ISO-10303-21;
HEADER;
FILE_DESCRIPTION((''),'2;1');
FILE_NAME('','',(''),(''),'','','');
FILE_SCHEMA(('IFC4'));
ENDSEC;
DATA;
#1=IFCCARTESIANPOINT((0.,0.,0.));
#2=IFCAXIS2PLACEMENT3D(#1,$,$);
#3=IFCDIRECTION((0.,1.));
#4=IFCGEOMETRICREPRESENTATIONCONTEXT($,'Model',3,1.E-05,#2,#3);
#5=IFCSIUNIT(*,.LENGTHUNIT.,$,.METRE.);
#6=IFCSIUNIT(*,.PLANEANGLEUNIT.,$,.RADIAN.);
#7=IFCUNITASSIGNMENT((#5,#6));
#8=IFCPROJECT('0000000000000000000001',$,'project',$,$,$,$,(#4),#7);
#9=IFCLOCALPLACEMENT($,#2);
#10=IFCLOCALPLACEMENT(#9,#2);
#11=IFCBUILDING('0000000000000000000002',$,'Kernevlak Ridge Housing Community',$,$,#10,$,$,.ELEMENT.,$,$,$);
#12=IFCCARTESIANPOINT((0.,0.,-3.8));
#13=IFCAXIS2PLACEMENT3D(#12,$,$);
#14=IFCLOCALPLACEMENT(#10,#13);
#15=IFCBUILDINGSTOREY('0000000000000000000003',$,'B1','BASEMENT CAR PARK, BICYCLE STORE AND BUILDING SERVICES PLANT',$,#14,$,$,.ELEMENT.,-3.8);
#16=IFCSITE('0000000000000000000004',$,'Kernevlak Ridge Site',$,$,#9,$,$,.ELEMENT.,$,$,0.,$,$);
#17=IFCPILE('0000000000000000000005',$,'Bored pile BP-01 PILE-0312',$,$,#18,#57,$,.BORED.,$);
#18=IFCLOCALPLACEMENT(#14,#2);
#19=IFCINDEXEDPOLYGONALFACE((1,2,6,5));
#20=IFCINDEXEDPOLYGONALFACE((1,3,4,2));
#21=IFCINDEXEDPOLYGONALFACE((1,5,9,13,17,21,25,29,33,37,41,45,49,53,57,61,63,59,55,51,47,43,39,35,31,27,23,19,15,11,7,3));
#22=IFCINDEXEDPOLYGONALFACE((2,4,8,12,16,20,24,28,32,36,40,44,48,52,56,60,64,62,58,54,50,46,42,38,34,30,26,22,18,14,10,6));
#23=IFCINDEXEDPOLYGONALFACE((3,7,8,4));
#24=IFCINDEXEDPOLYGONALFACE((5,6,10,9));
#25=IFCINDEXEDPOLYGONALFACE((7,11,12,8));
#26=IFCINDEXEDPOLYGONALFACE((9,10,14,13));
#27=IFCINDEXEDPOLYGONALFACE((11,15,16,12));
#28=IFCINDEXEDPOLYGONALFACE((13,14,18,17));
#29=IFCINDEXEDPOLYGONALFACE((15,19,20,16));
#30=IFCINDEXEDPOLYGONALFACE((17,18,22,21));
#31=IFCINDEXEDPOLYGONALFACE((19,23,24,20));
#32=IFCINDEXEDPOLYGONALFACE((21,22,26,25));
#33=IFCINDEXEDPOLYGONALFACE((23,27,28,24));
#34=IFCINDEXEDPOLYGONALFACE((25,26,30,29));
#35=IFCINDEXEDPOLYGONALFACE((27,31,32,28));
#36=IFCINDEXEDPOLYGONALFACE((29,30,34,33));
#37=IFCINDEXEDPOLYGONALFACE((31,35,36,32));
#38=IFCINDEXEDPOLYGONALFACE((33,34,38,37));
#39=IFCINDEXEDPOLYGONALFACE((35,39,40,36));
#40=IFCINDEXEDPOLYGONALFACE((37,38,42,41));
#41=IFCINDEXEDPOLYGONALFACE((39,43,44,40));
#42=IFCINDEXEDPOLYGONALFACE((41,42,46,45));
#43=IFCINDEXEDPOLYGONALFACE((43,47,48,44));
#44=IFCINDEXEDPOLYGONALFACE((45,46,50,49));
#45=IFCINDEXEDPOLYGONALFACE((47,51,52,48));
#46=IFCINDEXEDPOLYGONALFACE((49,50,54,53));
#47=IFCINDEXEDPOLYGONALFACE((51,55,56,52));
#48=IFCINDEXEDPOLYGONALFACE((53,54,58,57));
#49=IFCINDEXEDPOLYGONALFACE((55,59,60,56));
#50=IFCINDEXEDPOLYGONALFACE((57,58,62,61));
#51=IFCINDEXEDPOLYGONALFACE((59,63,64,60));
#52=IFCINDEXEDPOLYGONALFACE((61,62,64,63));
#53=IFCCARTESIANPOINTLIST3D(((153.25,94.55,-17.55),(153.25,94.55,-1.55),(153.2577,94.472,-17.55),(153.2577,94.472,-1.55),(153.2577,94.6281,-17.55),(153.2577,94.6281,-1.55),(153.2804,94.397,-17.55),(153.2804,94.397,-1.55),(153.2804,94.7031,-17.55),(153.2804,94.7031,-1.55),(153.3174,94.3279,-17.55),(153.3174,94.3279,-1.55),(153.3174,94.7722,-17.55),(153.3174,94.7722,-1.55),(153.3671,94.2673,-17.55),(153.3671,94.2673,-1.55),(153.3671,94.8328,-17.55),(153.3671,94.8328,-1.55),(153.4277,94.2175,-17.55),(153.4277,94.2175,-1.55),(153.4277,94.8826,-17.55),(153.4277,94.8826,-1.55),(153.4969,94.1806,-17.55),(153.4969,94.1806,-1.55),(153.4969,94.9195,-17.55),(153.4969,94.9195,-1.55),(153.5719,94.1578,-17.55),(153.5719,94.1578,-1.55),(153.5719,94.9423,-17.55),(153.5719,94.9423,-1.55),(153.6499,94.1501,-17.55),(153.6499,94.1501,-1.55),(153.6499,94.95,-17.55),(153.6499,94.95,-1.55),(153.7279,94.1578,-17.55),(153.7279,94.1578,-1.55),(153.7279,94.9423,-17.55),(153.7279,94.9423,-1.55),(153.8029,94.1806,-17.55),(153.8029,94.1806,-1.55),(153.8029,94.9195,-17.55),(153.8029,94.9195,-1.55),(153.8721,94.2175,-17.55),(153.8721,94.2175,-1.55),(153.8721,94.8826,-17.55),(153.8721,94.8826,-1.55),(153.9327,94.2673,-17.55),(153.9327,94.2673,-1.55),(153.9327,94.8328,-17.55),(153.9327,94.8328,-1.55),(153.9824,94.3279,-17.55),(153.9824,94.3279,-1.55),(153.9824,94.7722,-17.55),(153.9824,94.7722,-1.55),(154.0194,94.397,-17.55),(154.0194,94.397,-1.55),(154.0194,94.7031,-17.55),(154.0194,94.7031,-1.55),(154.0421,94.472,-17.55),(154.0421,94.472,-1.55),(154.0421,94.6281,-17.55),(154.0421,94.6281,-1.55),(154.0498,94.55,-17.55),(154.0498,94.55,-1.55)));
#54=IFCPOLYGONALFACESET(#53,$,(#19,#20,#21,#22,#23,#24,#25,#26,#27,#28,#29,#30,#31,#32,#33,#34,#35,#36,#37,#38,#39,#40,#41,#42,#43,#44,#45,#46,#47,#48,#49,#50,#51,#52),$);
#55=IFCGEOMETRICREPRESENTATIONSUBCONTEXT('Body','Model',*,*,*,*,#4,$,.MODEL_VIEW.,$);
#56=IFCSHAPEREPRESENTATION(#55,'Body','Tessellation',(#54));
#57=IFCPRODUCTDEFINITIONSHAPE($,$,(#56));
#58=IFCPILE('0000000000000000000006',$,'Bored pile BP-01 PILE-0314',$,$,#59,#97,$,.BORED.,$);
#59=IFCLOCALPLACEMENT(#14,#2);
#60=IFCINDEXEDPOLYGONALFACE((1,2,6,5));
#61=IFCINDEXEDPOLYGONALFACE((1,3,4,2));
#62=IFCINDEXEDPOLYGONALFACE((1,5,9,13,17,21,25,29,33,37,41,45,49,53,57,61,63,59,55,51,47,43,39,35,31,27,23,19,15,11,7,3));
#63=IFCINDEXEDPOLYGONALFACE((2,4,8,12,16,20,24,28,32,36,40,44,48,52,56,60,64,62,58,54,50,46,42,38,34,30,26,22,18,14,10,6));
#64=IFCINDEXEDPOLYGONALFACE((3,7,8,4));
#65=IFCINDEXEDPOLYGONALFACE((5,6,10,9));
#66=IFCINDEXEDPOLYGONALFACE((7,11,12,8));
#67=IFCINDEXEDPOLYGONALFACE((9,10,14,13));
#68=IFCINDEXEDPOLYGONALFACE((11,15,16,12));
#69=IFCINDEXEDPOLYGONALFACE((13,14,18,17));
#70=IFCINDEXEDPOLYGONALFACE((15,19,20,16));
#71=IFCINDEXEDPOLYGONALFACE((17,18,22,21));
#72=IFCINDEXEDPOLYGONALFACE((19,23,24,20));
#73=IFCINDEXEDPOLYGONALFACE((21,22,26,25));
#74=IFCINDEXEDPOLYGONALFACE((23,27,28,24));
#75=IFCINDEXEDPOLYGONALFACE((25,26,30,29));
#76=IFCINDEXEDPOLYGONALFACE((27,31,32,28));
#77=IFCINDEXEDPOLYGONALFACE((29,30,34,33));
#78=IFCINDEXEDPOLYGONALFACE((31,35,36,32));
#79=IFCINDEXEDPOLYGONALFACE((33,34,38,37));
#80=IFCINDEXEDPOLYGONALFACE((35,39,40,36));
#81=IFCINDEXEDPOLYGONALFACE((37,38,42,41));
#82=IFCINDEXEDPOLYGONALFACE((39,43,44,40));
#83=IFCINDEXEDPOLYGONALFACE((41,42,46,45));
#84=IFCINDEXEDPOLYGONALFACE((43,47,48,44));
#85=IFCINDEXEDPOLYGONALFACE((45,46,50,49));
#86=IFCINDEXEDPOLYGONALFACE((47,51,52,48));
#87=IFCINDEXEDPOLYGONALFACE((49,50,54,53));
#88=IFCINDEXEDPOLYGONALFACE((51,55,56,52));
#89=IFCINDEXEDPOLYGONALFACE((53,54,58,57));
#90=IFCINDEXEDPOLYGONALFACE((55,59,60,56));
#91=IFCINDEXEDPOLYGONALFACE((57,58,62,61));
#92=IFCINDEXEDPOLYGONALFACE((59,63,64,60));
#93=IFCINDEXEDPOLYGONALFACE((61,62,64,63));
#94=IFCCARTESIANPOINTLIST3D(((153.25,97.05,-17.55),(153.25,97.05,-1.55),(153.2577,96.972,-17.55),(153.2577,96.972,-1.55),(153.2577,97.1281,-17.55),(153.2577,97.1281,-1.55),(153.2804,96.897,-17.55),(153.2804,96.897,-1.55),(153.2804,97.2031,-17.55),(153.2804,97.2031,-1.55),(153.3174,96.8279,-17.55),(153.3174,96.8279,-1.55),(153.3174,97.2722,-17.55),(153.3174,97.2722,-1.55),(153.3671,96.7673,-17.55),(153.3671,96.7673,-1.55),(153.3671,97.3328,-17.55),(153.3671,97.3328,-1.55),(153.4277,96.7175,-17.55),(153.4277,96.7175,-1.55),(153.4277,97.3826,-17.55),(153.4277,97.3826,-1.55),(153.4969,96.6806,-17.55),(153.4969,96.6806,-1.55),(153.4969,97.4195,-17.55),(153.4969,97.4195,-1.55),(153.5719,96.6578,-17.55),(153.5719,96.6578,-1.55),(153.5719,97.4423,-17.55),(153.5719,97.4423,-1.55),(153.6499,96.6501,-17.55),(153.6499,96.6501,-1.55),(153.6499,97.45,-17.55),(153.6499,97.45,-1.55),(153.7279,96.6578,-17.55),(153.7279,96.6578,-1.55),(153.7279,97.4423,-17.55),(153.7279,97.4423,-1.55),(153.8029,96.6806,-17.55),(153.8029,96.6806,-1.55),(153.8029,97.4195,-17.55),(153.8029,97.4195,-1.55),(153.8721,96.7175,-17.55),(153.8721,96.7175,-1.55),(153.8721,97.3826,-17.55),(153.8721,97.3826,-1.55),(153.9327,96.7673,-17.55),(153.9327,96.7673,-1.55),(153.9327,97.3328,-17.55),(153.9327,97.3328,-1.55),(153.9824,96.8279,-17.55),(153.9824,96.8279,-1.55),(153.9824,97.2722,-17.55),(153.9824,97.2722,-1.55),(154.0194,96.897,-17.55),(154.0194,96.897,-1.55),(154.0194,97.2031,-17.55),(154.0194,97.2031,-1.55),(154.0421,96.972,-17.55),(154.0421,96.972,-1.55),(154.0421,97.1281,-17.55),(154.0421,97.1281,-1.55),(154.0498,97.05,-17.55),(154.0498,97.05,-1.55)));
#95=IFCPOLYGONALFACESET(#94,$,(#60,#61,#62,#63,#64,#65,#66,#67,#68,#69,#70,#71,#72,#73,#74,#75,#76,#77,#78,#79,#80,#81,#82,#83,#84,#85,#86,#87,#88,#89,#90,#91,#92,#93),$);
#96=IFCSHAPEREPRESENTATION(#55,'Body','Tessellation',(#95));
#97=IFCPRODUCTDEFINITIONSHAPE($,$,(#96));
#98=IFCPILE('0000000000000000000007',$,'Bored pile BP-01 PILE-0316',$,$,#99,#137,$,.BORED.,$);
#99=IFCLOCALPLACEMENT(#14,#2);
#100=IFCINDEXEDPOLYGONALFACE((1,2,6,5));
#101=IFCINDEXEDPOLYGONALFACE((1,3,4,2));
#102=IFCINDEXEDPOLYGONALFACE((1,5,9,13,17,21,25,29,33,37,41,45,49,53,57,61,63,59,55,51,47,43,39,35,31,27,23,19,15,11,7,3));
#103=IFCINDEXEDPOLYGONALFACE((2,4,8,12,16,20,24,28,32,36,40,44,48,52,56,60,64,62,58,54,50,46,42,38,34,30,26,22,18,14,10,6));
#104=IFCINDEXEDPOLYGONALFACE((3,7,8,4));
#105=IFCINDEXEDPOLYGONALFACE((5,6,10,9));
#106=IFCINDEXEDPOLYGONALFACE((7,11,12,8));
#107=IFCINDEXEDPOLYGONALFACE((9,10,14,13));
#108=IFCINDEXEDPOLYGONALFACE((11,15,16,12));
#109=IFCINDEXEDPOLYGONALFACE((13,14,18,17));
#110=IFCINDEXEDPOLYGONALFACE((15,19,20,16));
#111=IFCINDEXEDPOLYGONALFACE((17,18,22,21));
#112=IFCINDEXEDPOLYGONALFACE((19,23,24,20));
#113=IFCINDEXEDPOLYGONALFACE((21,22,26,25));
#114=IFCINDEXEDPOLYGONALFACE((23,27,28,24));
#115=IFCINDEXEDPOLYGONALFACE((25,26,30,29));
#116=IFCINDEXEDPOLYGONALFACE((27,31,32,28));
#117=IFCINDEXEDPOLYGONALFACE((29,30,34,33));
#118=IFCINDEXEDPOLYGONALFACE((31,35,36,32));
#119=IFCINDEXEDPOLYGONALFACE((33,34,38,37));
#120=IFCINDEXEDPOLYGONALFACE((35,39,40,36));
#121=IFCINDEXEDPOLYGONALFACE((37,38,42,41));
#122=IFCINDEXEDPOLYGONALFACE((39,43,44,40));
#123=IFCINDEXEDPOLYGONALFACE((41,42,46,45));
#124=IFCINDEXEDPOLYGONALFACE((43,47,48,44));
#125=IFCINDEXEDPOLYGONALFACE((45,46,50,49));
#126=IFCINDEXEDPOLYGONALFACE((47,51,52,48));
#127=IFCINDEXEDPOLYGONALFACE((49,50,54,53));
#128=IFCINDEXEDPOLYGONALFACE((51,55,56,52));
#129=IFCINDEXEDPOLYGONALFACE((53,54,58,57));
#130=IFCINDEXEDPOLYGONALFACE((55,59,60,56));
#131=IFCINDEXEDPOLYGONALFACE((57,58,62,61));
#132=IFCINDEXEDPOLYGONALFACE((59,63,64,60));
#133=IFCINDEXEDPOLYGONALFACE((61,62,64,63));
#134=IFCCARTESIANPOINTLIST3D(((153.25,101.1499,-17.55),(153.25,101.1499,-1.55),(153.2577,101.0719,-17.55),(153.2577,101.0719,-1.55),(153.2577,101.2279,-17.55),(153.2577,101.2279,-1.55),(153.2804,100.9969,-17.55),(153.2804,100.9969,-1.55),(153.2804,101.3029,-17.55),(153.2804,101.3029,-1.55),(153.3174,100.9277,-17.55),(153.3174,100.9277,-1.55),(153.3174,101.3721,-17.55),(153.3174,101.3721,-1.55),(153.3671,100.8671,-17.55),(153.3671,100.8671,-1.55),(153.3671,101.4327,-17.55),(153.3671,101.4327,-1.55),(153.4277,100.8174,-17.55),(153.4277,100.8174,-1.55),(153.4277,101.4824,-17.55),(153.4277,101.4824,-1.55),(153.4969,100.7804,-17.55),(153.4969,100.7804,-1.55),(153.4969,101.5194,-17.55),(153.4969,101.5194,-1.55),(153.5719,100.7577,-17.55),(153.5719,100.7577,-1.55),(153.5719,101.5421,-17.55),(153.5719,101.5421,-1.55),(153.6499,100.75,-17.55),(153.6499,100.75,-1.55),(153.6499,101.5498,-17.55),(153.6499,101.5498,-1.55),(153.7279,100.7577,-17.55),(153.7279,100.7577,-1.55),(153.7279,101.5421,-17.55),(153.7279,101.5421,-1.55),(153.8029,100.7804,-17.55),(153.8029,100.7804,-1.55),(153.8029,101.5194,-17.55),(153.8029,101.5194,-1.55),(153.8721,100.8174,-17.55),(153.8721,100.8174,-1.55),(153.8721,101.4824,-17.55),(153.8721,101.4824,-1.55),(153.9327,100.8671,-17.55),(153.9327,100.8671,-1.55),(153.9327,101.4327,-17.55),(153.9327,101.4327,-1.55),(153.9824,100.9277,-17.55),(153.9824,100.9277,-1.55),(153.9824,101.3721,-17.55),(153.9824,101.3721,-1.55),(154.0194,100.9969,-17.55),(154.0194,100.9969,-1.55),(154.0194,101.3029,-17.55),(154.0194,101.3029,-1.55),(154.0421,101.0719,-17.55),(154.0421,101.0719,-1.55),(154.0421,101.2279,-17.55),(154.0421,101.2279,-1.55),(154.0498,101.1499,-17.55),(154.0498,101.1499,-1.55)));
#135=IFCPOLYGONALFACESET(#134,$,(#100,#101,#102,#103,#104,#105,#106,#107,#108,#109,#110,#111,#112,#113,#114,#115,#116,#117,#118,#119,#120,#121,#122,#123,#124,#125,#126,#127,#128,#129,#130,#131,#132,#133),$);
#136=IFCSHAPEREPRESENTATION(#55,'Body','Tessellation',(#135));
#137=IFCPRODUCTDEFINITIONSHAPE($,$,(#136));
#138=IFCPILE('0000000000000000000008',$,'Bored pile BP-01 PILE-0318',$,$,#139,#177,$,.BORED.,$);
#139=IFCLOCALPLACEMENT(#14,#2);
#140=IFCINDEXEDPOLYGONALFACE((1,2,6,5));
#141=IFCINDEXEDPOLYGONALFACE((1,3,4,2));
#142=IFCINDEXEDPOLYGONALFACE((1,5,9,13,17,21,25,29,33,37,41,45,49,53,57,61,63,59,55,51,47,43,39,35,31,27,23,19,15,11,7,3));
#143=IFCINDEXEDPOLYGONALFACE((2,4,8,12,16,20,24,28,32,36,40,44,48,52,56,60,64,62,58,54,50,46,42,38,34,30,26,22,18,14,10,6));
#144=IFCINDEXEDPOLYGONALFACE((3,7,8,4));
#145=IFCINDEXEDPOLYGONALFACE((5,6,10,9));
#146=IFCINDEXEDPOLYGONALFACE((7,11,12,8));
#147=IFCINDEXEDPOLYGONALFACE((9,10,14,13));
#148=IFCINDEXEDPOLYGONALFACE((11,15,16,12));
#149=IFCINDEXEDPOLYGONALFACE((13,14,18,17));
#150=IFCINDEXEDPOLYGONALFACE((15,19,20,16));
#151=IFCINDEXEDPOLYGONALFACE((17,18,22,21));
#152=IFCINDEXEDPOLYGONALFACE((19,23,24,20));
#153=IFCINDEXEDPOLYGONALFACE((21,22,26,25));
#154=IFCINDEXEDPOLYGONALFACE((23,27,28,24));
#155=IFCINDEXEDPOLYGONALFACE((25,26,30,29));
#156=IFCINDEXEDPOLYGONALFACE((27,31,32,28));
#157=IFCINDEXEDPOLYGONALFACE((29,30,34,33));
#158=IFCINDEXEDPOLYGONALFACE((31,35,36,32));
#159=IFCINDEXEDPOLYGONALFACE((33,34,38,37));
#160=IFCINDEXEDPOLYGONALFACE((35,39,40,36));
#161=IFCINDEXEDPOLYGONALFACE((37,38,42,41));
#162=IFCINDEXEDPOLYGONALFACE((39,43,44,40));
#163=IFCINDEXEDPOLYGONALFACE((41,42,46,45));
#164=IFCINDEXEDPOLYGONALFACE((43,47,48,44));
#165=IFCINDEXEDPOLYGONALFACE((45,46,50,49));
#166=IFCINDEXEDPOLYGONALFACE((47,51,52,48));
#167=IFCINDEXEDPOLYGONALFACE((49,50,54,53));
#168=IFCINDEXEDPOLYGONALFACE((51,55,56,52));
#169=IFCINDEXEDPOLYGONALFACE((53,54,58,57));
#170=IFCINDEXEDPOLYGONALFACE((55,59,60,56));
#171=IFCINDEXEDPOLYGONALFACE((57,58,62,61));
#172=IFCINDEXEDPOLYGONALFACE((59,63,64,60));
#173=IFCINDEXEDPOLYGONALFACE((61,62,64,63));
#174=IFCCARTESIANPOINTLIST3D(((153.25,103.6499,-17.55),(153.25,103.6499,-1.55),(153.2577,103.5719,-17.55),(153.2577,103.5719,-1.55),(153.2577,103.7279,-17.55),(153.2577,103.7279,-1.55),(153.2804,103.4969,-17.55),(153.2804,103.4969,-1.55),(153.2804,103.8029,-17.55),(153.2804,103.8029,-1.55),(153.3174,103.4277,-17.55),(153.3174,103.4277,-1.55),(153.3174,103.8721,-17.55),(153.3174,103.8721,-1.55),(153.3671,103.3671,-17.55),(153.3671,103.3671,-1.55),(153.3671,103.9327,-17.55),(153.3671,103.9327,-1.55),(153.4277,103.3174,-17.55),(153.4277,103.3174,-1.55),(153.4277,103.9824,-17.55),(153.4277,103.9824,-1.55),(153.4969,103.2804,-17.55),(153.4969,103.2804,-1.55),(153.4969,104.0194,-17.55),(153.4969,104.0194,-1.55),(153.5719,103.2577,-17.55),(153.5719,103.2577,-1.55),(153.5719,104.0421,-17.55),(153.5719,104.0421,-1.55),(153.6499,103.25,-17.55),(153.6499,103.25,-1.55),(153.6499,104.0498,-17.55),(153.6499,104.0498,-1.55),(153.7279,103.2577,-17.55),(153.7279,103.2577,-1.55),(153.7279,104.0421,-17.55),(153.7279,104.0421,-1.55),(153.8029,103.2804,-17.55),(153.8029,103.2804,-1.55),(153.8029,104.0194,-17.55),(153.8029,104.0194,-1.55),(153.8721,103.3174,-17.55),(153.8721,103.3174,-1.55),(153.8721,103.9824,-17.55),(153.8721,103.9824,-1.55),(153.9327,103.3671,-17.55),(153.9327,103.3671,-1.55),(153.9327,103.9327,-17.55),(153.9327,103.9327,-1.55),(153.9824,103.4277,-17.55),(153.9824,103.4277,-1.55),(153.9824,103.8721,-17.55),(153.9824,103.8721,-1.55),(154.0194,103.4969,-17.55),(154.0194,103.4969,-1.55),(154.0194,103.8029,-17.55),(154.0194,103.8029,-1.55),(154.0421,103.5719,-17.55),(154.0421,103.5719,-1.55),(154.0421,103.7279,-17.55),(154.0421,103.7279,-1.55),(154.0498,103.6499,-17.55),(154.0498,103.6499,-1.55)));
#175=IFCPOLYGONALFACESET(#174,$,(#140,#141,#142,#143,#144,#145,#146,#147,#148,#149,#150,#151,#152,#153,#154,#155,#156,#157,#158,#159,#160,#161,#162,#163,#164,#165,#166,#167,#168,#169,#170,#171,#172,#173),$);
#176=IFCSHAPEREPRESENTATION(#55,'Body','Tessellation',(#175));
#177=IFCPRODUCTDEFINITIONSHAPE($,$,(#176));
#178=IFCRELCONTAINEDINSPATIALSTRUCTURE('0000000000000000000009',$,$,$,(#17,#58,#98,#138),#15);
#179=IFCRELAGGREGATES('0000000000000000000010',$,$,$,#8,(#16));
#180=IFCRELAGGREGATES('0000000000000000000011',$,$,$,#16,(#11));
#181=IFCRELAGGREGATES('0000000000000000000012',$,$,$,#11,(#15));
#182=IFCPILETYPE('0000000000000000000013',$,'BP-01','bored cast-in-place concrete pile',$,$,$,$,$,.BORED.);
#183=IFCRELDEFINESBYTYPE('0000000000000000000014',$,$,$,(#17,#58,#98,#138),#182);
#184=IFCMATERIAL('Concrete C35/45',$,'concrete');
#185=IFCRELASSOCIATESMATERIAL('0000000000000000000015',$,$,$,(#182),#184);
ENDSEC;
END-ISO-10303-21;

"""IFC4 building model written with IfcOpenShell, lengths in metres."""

from ifc_helpers import new_model, si_unit, direction, frame, origin, origin_2d, place, context, subcontext, project, spatial, circle, extrude, material, material_profile, profile_set, type_object, element, save


model = new_model("IFC4")

# Units and contexts
model_context = context("Model", 3, precision=1e-05, world=origin(), true_north=direction((0.0, 1.0)))
body_context = subcontext(model_context, "Body", "Model", "MODEL_VIEW")
ifc_project = project(units=[si_unit("LENGTHUNIT", "METRE"), si_unit("PLANEANGLEUNIT", "RADIAN")], contexts=[model_context])

# Site, building, storey
site_placement = place(None, origin())
site = spatial("IfcSite", under=ifc_project, at=site_placement, Name="Kernevlak Ridge Site", CompositionType="ELEMENT", RefElevation=0.0)
building_placement = place(site_placement, origin())
building = spatial("IfcBuilding", under=site, at=building_placement, Name="Kernevlak Ridge Housing Community", CompositionType="ELEMENT")
storey_placement = place(building_placement, frame((0.0, 0.0, -3.8)))
storey = spatial("IfcBuildingStorey", under=building, at=storey_placement, Name="B1", Description="BASEMENT CAR PARK, BICYCLE STORE AND BUILDING SERVICES PLANT", CompositionType="ELEMENT", Elevation=-3.8)

# Piles
ifc_material_1 = material(Name="Concrete C35/45", Category="concrete")
ifc_material_profile_1 = material_profile(ifc_material_1, circle(Radius=0.3999, at=origin_2d()), Name="BORED PILE 800")
ifc_profile_set_1 = profile_set([ifc_material_profile_1], Name="Concrete C35/45")
pile_type_1 = type_object("IfcPileType", Name="BP-01", Description="bored cast-in-place concrete pile", PredefinedType="BORED", material=ifc_profile_set_1)
for number, where, z_axis, x_axis, name in (
    (1, (153.6499, 94.55, -1.55), (0.0, 0.0, -1.0), (1.0, 0.0, 0.0), "Bored pile BP-01 PILE-0312"),
    (2, (153.6499, 97.05, -1.55), (0.0, 0.0, -1.0), (1.0, 0.0, 0.0), "Bored pile BP-01 PILE-0314"),
    (3, (153.6499, 101.1499, -1.55), (0.0, 0.0, -1.0), (1.0, 0.0, 0.0), "Bored pile BP-01 PILE-0316"),
    (4, (153.6499, 103.6499, -1.55), (0.0, 0.0, -1.0), (1.0, 0.0, 0.0), "Bored pile BP-01 PILE-0318"),
):
    element("IfcPile", number, at=place(storey_placement, frame(where, z_axis=z_axis, x_axis=x_axis)), inside=storey, type_object=pile_type_1, Name=name, PredefinedType="BORED", context=body_context, shape_type="SweptSolid", body=[
        extrude(circle(Radius=0.3999, at=origin_2d()), origin(), (0.0, 0.0, 1.0), 16.0),
    ])

save(model, "model.ifc")
